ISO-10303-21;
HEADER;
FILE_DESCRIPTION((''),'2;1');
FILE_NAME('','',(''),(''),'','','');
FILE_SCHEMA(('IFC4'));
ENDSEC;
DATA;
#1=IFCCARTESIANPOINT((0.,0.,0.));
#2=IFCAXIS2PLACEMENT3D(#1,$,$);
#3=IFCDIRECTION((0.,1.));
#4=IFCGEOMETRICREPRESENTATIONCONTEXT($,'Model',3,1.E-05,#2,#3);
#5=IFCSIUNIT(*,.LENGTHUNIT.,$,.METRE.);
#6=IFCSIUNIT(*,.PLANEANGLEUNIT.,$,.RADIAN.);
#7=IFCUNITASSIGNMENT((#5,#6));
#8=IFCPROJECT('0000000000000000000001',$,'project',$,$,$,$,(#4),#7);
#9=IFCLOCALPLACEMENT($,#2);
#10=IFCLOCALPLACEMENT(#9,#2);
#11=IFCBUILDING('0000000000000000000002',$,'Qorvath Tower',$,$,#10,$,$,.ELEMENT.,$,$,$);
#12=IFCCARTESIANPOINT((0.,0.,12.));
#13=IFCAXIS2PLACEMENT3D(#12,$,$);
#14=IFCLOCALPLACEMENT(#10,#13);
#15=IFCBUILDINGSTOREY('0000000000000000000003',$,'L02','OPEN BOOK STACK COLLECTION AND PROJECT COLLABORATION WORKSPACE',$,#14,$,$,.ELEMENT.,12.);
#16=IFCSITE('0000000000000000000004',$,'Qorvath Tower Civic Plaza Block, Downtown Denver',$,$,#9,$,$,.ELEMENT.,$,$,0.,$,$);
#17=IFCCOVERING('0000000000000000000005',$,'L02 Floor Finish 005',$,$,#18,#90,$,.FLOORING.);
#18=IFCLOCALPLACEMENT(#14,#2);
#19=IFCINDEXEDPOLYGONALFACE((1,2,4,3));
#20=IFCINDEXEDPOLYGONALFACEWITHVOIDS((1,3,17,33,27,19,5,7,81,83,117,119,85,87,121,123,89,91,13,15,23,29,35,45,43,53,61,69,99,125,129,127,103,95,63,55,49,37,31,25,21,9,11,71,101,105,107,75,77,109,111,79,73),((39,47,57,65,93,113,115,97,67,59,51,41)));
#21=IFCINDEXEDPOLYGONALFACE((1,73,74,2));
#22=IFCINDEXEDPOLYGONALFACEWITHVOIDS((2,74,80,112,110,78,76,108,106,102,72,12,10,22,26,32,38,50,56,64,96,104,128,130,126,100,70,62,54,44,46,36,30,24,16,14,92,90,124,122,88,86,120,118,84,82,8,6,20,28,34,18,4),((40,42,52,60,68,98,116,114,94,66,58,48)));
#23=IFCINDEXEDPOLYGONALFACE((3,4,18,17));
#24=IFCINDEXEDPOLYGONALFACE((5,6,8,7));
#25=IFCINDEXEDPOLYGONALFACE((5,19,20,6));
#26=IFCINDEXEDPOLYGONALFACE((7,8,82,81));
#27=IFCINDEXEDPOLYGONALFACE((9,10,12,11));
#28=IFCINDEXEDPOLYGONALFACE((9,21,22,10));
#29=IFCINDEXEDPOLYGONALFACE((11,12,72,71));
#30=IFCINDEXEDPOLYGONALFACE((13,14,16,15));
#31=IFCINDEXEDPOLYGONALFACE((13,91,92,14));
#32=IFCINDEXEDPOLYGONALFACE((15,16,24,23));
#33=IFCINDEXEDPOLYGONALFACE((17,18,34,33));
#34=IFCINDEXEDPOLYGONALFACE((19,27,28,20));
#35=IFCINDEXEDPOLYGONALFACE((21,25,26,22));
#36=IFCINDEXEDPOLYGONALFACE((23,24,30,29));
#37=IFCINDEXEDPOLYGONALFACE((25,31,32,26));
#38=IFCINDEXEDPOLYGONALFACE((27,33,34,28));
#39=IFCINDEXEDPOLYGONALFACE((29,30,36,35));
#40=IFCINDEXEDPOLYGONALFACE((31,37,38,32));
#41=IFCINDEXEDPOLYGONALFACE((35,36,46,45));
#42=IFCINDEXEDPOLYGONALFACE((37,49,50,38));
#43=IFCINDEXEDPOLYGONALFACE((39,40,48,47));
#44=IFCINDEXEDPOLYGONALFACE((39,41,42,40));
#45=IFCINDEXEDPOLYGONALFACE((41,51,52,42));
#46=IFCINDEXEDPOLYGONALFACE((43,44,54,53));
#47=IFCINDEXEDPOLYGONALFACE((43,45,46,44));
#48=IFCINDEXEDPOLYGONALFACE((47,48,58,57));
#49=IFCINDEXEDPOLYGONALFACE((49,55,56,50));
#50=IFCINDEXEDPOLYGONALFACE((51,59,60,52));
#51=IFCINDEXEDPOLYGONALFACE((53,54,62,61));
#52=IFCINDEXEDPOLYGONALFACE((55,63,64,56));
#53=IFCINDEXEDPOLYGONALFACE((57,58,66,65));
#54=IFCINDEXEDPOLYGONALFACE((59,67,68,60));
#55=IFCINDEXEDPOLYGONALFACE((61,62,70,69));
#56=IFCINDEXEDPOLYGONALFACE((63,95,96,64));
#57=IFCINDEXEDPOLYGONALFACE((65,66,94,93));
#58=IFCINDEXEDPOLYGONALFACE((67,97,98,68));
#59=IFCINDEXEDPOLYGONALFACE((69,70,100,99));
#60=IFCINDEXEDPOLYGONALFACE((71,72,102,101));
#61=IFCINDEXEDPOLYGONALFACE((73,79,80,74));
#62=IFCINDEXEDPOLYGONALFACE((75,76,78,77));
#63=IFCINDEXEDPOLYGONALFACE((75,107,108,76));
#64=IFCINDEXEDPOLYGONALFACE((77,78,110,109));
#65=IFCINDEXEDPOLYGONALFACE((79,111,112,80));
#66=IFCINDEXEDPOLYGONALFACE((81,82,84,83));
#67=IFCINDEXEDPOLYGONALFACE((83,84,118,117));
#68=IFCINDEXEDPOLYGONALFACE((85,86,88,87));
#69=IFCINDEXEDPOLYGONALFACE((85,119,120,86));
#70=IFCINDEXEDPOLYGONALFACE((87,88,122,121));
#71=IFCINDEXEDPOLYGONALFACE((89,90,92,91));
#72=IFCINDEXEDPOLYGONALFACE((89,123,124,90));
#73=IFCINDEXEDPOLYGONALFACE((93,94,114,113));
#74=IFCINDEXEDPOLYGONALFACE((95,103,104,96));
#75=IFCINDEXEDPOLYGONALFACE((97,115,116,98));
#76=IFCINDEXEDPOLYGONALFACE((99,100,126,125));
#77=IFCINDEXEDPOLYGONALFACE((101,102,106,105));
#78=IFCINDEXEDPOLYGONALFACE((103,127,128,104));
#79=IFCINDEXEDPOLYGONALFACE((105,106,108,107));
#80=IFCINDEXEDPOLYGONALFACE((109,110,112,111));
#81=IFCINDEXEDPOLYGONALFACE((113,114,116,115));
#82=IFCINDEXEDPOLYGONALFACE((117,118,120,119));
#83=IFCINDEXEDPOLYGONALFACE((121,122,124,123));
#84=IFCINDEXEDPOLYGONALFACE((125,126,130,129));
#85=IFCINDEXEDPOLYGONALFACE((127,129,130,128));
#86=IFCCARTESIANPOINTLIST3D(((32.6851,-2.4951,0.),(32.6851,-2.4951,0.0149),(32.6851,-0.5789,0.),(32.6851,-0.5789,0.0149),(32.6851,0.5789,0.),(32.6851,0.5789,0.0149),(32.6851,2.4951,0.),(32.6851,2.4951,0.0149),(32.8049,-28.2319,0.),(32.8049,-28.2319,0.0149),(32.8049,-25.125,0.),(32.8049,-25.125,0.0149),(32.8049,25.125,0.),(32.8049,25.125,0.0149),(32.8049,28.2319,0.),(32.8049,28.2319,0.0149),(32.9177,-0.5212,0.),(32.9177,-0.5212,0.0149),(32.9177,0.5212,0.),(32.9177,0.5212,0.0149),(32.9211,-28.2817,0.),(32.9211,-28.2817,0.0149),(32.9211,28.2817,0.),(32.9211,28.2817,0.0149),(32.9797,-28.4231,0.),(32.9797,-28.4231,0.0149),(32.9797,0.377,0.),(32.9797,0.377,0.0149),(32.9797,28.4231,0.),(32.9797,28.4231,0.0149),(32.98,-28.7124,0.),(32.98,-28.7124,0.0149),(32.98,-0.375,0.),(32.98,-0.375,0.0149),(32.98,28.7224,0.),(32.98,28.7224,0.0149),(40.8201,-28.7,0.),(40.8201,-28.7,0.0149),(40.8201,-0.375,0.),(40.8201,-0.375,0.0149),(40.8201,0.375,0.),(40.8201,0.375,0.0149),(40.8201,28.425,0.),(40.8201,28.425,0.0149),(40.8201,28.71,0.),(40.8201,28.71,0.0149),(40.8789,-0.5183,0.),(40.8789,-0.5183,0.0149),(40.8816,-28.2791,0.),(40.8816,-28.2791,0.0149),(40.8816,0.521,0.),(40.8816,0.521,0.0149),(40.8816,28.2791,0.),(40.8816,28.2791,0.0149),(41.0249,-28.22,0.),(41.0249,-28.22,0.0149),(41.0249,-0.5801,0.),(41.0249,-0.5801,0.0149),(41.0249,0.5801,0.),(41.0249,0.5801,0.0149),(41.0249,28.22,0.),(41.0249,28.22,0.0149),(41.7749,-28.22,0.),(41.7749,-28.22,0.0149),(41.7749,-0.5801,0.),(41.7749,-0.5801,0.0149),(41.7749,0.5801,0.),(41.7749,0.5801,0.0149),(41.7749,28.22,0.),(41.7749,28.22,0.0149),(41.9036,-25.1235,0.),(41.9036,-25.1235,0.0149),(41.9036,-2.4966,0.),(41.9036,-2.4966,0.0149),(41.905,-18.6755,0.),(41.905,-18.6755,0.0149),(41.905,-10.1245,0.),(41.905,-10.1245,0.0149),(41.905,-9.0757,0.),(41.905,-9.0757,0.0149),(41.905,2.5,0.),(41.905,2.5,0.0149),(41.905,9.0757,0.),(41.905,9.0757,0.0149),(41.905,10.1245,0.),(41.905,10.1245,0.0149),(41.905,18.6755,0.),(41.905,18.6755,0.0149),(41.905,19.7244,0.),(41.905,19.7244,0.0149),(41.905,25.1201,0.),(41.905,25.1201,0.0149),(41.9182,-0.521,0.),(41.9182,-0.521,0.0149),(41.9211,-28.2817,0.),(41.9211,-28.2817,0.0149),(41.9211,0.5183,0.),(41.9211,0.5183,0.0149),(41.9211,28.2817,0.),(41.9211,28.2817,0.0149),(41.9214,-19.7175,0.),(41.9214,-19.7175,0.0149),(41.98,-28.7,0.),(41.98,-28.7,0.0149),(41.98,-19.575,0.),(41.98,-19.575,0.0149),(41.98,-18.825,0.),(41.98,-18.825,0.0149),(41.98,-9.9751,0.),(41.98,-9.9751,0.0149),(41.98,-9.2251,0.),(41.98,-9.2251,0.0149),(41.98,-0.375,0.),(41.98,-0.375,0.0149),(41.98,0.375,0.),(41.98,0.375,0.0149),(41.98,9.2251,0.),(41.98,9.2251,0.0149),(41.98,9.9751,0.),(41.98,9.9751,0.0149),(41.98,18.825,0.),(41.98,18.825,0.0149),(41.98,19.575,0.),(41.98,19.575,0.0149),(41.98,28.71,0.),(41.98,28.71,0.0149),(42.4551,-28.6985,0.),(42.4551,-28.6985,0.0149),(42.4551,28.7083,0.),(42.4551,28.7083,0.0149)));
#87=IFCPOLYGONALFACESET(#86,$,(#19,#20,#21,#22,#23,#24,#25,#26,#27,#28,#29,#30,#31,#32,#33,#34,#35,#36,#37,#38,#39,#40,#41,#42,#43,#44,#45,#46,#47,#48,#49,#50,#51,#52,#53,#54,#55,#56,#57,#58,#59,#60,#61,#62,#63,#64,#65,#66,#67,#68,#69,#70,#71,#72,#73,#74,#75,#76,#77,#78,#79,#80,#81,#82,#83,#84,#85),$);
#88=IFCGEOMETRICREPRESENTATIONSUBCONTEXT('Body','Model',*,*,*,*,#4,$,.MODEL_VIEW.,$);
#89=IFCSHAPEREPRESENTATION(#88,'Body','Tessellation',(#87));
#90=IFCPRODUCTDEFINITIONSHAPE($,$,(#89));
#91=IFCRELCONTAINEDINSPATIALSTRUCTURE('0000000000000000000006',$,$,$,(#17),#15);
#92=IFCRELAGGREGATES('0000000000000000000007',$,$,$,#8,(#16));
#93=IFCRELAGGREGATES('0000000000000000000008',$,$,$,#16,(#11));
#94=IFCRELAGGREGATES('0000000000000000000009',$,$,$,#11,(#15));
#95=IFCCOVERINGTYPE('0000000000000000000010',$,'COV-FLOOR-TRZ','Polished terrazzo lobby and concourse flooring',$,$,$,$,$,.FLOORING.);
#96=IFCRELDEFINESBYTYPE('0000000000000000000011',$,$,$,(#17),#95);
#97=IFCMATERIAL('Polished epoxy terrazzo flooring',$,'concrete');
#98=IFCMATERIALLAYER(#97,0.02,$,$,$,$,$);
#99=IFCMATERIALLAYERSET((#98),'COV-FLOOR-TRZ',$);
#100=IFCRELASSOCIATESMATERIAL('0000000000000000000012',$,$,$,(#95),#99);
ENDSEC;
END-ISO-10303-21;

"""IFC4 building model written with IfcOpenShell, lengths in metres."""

from ifc_helpers import new_model, si_unit, direction, frame, origin, place, context, subcontext, project, spatial, polyline, outline, extrude, material, layer, layer_set, type_object, element, save


model = new_model("IFC4")

# Units and contexts
model_context = context("Model", 3, precision=1e-05, world=origin(), true_north=direction((0.0, 1.0)))
body_context = subcontext(model_context, "Body", "Model", "MODEL_VIEW")
ifc_project = project(units=[si_unit("LENGTHUNIT", "METRE"), si_unit("PLANEANGLEUNIT", "RADIAN")], contexts=[model_context])

# Site, building, storey
site_placement = place(None, origin())
site = spatial("IfcSite", under=ifc_project, at=site_placement, Name="Qorvath Tower Civic Plaza Block, Downtown Denver", CompositionType="ELEMENT", RefElevation=0.0)
building_placement = place(site_placement, origin())
building = spatial("IfcBuilding", under=site, at=building_placement, Name="Qorvath Tower", CompositionType="ELEMENT")
storey_placement = place(building_placement, frame((0.0, 0.0, 12.0)))
storey = spatial("IfcBuildingStorey", under=building, at=storey_placement, Name="L02", Description="OPEN BOOK STACK COLLECTION AND PROJECT COLLABORATION WORKSPACE", CompositionType="ELEMENT", Elevation=12.0)

# Covering
ifc_material_1 = material(Name="Polished epoxy terrazzo flooring", Category="concrete")
ifc_layer_1 = layer(ifc_material_1, 0.02)
ifc_layer_set_1 = layer_set([ifc_layer_1], Name="COV-FLOOR-TRZ")
covering_type_1 = type_object("IfcCoveringType", Name="COV-FLOOR-TRZ", Description="Polished terrazzo lobby and concourse flooring", PredefinedType="FLOORING", material=ifc_layer_set_1)
covering_1_placement = place(storey_placement, origin())
element("IfcCovering", 1, at=covering_1_placement, inside=storey, type_object=covering_type_1, Name="L02 Floor Finish 005", PredefinedType="FLOORING", context=body_context, shape_type="SweptSolid", body=[
    extrude(outline(polyline([(41.98, -19.575), (41.9214, -19.7175), (41.9036, -25.1235), (32.8049, -25.125), (32.8049, -28.2319), (32.9211, -28.2817), (32.9797, -28.4231), (32.98, -28.7124), (40.8201, -28.7), (40.8816, -28.2791), (41.0249, -28.22), (41.7749, -28.22), (41.9211, -28.2817), (41.98, -28.7), (42.4551, -28.6985), (42.4551, 28.7083), (41.98, 28.71), (41.9211, 28.2817), (41.7749, 28.22), (41.0249, 28.22), (40.8816, 28.2791), (40.8201, 28.425), (40.8201, 28.71), (32.98, 28.7224), (32.9797, 28.4231), (32.9211, 28.2817), (32.8049, 28.2319), (32.8049, 25.125), (41.905, 25.1201), (41.905, 19.7244), (41.98, 19.575), (41.98, 18.825), (41.905, 18.6755), (41.905, 10.1245), (41.98, 9.9751), (41.98, 9.2251), (41.905, 9.0757), (41.905, 2.5), (32.6851, 2.4951), (32.6851, 0.5789), (32.9177, 0.5212), (32.9797, 0.377), (32.98, -0.375), (32.9177, -0.5212), (32.6851, -0.5789), (32.6851, -2.4951), (41.9036, -2.4966), (41.905, -9.0757), (41.98, -9.2251), (41.98, -9.9751), (41.905, -10.1245), (41.905, -18.6755), (41.98, -18.825), (41.98, -19.575)]), holes=[polyline([(40.8789, -0.5183), (40.8201, -0.375), (40.8201, 0.375), (40.8816, 0.521), (41.0249, 0.5801), (41.7749, 0.5801), (41.9211, 0.5183), (41.98, 0.375), (41.98, -0.375), (41.9182, -0.521), (41.7749, -0.5801), (41.0249, -0.5801), (40.8789, -0.5183)])]), origin(), (0.0, 0.0, 1.0), 0.0149),
])

save(model, "model.ifc")
